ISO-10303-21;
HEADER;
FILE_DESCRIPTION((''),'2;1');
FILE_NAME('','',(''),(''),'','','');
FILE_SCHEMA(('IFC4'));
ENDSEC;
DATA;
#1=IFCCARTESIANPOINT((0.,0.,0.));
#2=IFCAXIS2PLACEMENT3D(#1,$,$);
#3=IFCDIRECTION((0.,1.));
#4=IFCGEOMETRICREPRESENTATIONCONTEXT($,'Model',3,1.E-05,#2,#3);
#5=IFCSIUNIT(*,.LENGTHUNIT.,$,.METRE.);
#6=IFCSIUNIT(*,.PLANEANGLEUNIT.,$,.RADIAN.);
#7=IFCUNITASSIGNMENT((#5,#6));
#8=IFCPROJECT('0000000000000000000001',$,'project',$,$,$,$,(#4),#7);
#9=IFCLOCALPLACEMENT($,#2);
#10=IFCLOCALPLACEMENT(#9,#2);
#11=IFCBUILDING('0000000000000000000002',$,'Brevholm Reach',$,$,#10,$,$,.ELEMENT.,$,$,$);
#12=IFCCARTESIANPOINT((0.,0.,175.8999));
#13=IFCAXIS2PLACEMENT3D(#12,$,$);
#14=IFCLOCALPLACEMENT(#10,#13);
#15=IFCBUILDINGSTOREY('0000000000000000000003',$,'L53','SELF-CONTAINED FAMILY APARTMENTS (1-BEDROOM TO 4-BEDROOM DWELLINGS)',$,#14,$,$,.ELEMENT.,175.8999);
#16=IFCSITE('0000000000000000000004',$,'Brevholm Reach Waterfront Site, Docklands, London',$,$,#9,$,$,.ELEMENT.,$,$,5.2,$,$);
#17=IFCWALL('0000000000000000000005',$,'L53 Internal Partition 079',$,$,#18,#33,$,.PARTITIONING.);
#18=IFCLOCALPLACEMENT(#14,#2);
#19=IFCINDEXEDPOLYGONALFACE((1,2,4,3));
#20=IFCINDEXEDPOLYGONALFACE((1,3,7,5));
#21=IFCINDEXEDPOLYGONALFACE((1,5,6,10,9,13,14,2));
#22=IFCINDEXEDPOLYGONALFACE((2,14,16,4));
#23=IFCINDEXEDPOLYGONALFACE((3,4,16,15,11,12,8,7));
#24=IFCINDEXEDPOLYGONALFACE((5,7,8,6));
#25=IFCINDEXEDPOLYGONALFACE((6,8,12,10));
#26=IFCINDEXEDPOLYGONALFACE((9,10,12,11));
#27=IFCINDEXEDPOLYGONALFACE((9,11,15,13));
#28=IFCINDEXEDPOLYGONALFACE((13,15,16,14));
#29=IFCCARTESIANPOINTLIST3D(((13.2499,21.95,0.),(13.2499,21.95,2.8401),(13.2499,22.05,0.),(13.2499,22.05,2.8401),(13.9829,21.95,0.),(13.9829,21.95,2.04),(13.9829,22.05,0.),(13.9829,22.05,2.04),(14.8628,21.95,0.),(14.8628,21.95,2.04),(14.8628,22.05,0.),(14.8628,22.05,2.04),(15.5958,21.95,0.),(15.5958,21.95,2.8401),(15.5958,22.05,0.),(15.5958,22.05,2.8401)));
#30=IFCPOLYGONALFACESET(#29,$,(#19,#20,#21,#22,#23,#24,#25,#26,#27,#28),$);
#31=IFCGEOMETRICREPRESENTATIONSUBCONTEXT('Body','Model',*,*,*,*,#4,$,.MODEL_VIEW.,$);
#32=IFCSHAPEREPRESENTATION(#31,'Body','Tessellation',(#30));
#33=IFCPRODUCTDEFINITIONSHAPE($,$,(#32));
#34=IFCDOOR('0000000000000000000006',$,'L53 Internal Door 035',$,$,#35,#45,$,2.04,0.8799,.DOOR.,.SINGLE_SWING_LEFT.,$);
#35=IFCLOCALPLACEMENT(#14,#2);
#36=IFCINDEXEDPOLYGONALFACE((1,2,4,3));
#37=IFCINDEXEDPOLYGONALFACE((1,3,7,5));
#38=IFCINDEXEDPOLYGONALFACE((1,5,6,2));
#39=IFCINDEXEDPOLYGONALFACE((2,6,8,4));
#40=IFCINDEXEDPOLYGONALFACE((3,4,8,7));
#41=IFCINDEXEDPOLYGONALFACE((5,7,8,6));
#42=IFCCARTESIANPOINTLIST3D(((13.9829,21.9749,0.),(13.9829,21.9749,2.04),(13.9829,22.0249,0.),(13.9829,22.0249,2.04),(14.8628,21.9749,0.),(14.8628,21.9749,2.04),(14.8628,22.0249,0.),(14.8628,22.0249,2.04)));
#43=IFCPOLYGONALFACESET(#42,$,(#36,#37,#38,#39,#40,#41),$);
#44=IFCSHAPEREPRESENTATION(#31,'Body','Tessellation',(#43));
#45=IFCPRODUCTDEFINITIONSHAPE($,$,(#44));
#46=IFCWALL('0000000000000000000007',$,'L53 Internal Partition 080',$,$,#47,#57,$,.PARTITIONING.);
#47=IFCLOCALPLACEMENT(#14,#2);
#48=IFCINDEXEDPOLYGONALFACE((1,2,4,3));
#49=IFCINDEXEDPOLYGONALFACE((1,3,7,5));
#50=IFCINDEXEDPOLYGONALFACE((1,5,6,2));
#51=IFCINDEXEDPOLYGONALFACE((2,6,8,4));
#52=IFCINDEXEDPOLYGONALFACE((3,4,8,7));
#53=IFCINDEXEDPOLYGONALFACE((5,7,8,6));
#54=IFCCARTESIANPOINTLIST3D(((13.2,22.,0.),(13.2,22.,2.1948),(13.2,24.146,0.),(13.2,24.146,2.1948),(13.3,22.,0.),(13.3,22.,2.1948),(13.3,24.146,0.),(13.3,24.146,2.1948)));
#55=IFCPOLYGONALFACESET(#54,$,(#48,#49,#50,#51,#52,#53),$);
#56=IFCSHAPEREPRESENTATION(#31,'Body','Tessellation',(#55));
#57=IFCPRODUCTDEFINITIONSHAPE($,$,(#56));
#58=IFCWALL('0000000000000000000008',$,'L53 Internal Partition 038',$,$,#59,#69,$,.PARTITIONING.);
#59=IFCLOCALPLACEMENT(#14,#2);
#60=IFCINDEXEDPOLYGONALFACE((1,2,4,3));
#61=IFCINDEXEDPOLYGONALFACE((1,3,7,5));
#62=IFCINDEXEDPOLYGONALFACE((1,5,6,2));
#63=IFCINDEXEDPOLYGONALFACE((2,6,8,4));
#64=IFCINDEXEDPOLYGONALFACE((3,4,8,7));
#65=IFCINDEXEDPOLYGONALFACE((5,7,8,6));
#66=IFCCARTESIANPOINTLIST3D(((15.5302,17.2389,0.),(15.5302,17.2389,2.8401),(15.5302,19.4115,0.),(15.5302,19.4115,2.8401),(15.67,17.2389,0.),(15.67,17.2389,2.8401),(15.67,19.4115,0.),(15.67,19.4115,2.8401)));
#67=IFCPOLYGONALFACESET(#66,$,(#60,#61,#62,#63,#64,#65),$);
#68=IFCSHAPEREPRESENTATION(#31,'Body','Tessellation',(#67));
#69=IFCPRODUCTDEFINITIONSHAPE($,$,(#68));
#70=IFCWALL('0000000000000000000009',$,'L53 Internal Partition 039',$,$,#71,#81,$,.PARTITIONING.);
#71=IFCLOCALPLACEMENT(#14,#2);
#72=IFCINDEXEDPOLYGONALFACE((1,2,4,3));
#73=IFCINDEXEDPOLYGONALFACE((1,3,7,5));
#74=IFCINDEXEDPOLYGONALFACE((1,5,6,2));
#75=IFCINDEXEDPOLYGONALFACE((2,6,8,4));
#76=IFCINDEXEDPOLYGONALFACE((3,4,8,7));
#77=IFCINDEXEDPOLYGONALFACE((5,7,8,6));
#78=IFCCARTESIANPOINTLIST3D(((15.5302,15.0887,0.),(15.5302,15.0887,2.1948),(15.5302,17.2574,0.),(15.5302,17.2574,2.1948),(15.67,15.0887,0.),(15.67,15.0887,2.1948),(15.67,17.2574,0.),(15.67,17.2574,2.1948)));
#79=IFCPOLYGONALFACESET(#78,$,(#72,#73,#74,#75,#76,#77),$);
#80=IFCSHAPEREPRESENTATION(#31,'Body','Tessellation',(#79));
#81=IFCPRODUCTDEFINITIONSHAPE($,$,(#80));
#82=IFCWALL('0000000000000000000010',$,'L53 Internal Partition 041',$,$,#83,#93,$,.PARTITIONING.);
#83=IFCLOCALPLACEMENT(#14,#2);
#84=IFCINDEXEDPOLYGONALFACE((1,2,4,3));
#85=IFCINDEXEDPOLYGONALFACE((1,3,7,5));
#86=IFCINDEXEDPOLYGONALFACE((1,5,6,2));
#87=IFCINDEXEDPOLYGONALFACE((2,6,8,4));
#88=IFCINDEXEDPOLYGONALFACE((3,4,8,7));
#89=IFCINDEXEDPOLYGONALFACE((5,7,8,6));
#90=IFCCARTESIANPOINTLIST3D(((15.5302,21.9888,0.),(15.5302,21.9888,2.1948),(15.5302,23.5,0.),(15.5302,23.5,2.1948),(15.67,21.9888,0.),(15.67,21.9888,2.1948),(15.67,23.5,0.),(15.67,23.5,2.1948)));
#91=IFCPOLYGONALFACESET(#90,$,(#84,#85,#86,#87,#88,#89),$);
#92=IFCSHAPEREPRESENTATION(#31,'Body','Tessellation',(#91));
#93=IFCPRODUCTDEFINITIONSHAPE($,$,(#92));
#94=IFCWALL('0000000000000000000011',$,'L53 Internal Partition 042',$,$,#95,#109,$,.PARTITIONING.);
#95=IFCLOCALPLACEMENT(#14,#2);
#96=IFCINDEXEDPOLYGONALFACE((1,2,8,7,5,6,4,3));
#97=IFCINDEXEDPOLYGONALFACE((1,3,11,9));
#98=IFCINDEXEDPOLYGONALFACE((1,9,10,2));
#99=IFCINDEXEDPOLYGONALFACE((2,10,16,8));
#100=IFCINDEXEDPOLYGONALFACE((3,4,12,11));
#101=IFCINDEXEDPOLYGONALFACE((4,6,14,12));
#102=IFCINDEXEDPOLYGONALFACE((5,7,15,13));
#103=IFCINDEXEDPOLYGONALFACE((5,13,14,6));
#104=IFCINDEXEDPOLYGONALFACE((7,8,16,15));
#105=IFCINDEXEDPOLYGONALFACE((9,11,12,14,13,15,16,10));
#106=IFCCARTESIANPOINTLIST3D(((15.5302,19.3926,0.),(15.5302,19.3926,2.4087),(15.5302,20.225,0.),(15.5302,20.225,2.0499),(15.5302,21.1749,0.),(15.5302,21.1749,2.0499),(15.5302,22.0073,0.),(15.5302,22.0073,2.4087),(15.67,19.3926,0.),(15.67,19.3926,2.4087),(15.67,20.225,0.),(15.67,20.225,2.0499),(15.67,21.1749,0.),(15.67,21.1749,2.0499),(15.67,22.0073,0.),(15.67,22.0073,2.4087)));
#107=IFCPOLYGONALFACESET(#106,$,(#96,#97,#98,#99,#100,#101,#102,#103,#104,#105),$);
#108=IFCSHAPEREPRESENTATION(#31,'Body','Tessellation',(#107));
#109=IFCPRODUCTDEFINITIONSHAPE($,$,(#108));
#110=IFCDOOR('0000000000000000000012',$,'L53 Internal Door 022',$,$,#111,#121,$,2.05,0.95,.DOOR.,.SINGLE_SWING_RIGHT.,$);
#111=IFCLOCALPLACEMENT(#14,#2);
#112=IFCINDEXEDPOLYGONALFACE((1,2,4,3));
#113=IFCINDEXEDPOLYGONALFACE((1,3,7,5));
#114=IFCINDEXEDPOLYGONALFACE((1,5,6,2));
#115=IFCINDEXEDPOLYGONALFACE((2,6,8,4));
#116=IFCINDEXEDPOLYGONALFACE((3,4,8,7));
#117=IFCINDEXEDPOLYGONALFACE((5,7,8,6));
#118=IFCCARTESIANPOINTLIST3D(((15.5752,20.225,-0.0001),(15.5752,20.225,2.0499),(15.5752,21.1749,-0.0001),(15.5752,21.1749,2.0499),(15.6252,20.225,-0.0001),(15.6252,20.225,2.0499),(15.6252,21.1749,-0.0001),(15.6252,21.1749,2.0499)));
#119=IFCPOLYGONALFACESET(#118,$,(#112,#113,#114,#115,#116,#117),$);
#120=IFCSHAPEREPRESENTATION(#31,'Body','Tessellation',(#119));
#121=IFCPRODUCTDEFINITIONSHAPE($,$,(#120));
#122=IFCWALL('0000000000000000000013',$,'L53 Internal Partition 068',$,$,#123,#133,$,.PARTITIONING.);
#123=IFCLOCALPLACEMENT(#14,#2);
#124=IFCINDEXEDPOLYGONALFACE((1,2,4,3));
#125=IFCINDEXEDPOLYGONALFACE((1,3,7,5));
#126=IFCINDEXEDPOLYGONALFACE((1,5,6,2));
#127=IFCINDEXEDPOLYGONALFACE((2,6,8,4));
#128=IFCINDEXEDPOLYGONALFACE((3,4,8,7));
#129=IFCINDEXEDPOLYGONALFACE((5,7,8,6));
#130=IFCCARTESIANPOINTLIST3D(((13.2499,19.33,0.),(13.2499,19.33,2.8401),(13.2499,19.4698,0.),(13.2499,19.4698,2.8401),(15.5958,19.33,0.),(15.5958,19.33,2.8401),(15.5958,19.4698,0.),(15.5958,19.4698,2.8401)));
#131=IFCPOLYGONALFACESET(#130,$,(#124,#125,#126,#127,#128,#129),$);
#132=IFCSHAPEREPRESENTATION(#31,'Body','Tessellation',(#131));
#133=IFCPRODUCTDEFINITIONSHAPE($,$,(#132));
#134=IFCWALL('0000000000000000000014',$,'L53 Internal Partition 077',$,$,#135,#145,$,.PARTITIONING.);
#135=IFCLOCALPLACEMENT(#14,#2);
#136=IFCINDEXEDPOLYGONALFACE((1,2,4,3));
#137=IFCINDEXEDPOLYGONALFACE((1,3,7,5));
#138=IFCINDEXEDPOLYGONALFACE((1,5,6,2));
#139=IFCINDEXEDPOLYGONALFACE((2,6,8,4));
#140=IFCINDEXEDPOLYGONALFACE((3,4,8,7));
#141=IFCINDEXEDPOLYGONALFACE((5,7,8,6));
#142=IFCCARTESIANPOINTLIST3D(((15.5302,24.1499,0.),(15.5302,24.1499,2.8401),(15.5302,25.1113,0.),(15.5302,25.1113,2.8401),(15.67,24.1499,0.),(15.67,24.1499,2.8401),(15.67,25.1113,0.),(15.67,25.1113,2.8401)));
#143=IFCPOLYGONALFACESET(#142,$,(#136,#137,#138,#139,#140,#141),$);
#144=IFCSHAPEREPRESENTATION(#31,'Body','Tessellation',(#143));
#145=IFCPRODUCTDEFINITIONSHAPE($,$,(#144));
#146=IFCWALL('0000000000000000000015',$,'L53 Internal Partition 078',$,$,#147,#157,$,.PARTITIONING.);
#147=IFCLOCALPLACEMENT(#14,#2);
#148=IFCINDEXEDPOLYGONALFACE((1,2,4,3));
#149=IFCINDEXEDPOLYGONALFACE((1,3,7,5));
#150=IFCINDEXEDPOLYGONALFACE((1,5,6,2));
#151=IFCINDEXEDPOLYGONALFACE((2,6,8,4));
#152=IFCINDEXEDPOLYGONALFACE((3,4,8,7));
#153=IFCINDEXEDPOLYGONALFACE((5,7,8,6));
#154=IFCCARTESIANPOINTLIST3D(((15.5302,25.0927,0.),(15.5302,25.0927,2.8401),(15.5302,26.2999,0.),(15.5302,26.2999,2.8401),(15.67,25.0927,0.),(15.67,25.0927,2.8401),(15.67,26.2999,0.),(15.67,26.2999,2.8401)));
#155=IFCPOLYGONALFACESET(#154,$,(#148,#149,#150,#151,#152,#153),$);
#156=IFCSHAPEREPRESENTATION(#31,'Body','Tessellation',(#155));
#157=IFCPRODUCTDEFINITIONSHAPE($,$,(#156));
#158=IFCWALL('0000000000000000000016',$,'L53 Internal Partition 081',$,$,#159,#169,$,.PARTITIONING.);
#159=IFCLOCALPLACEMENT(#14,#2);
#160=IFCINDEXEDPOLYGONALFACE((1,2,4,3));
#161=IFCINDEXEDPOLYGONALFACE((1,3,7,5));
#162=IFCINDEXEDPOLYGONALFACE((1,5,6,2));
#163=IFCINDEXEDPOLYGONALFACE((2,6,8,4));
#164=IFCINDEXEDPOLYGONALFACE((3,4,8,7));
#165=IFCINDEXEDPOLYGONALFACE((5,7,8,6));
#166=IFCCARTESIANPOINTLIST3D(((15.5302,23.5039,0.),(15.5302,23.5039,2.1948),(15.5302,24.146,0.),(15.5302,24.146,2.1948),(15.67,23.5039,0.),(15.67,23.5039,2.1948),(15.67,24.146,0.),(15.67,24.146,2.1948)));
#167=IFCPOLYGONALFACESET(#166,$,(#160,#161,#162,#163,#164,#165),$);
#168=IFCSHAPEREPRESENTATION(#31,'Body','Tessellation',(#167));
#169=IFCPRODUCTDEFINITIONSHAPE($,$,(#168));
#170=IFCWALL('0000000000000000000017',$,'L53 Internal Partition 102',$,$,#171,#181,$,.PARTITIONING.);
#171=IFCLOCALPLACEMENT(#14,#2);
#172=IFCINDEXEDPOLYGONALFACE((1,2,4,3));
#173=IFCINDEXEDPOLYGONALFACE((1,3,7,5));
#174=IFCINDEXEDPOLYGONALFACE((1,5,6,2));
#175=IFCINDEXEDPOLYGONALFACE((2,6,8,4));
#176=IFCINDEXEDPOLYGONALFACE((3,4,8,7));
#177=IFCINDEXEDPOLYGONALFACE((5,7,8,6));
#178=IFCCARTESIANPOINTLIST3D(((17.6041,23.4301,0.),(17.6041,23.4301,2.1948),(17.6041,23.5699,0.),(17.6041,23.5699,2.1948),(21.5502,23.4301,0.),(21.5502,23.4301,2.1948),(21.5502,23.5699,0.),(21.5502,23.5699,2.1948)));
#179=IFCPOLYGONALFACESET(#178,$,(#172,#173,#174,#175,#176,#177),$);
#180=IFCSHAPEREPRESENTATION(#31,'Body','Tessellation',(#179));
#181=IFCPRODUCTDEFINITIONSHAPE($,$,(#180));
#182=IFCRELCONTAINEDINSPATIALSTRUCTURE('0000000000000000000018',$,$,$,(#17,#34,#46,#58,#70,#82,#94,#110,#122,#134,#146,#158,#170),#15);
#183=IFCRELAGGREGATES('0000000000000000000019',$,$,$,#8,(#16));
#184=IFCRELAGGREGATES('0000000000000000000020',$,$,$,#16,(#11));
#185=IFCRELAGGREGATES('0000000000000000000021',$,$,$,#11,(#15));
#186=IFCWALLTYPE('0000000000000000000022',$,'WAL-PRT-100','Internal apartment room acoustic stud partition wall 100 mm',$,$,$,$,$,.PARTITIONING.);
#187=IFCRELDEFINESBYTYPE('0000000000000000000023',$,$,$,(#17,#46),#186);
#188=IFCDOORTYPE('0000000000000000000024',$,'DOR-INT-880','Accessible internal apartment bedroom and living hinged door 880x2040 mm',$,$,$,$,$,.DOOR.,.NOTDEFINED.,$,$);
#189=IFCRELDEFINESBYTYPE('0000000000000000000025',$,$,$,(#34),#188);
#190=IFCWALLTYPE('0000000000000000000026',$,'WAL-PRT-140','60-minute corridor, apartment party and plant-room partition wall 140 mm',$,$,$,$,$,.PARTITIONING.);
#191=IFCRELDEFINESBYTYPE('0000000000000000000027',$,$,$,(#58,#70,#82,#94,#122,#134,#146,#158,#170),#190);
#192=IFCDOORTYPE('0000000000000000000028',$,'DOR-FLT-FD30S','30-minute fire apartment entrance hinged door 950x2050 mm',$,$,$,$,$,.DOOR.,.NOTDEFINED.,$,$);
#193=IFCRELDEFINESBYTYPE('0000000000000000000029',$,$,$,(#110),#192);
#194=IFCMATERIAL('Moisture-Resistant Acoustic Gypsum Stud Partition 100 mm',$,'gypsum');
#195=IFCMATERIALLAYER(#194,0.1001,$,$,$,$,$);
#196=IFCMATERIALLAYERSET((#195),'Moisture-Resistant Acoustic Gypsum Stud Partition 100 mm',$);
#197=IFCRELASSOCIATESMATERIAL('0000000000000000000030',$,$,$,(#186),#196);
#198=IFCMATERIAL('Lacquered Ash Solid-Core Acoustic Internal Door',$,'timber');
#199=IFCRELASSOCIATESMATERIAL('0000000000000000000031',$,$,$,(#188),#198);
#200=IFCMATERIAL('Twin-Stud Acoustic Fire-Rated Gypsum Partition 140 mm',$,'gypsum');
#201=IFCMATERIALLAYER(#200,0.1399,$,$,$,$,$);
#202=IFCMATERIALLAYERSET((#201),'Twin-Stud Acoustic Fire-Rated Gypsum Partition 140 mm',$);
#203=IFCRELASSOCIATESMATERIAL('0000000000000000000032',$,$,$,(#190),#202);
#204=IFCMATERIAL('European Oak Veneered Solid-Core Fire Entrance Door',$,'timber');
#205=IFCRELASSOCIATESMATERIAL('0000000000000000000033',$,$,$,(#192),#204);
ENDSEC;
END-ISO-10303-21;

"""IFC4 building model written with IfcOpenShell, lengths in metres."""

from ifc_helpers import new_model, si_unit, direction, frame, frame_2d, origin, place, context, subcontext, project, spatial, rectangle, extrude, material, layer, layer_set, type_object, element, fill, save


model = new_model("IFC4")

# Units and contexts
model_context = context("Model", 3, precision=1e-05, world=origin(), true_north=direction((0.0, 1.0)))
body_context = subcontext(model_context, "Body", "Model", "MODEL_VIEW")
ifc_project = project(units=[si_unit("LENGTHUNIT", "METRE"), si_unit("PLANEANGLEUNIT", "RADIAN")], contexts=[model_context])

# Site, building, storey
site_placement = place(None, origin())
site = spatial("IfcSite", under=ifc_project, at=site_placement, Name="Brevholm Reach Waterfront Site, Docklands, London", CompositionType="ELEMENT", RefElevation=5.2)
building_placement = place(site_placement, origin())
building = spatial("IfcBuilding", under=site, at=building_placement, Name="Brevholm Reach", CompositionType="ELEMENT")
storey_placement = place(building_placement, frame((0.0, 0.0, 175.8999)))
storey = spatial("IfcBuildingStorey", under=building, at=storey_placement, Name="L53", Description="SELF-CONTAINED FAMILY APARTMENTS (1-BEDROOM TO 4-BEDROOM DWELLINGS)", CompositionType="ELEMENT", Elevation=175.8999)

# Shared definitions
ifc_material_1 = material(Name="Moisture-Resistant Acoustic Gypsum Stud Partition 100 mm", Category="gypsum")
ifc_layer_1 = layer(ifc_material_1, 0.1001)
ifc_layer_set_1 = layer_set([ifc_layer_1], Name="Moisture-Resistant Acoustic Gypsum Stud Partition 100 mm")
wall_type_1 = type_object("IfcWallType", Name="WAL-PRT-100", Description="Internal apartment room acoustic stud partition wall 100 mm", PredefinedType="PARTITIONING", material=ifc_layer_set_1)

# Shared definitions
ifc_material_2 = material(Name="Lacquered Ash Solid-Core Acoustic Internal Door", Category="timber")
door_type_1 = type_object("IfcDoorType", Name="DOR-INT-880", Description="Accessible internal apartment bedroom and living hinged door 880x2040 mm", OperationType="NOTDEFINED", PredefinedType="DOOR", material=ifc_material_2)

# Wall, opening, door
wall_1_placement = place(storey_placement, frame((13.25, 22.0, 0.0), z_axis=(0.0, 0.0, 1.0), x_axis=(1.0, 0.0, 0.0)))
wall_1 = element("IfcWall", 1, at=wall_1_placement, inside=storey, type_object=wall_type_1, Name="L53 Internal Partition 079", PredefinedType="PARTITIONING", context=body_context, shape_type="SweptSolid", body=[
    extrude(rectangle(XDim=2.3459, YDim=0.1001, at=frame_2d((1.1729, 0.0))), origin(), (0.0, 0.0, 1.0), 2.8401),
])
opening_1_placement = place(wall_1_placement, frame((0.7329, 0.0, 0.0)))
opening_1 = element("IfcOpeningElement", 2, at=opening_1_placement, cuts=wall_1, PredefinedType="OPENING", context=body_context, shape_type="SweptSolid", body=[
    extrude(rectangle(XDim=0.8799, YDim=2.04, at=frame_2d((0.4399, 1.02))), frame((0.0, 0.0601, 0.0), z_axis=(0.0, -1.0, 0.0), x_axis=(1.0, 0.0, 0.0)), (0.0, 0.0, 1.0), 0.1201),
])
door_1_placement = place(opening_1_placement, origin())
door_1 = element("IfcDoor", 3, at=door_1_placement, inside=storey, type_object=door_type_1, Name="L53 Internal Door 035", OperationType="SINGLE_SWING_LEFT", OverallHeight=2.04, OverallWidth=0.8799, PredefinedType="DOOR", context=body_context, shape_type="SweptSolid", body=[
    extrude(rectangle(XDim=0.8799, YDim=2.04, at=frame_2d((0.4399, 1.02))), frame((0.0, 0.0249, 0.0), z_axis=(0.0, -1.0, 0.0), x_axis=(1.0, 0.0, 0.0)), (0.0, 0.0, 1.0), 0.05),
])
fill(opening_1, door_1)

# Walls
wall_2_placement = place(storey_placement, frame((13.25, 22.0, 0.0), z_axis=(0.0, 0.0, 1.0), x_axis=(0.0, 1.0, 0.0)))
element("IfcWall", 4, at=wall_2_placement, inside=storey, type_object=wall_type_1, Name="L53 Internal Partition 080", PredefinedType="PARTITIONING", context=body_context, shape_type="SweptSolid", body=[
    extrude(rectangle(XDim=2.146, YDim=0.1001, at=frame_2d((1.073, 0.0))), origin(), (0.0, 0.0, 1.0), 2.1948),
])
ifc_material_3 = material(Name="Twin-Stud Acoustic Fire-Rated Gypsum Partition 140 mm", Category="gypsum")
ifc_layer_2 = layer(ifc_material_3, 0.1399)
ifc_layer_set_2 = layer_set([ifc_layer_2], Name="Twin-Stud Acoustic Fire-Rated Gypsum Partition 140 mm")
wall_type_2 = type_object("IfcWallType", Name="WAL-PRT-140", Description="60-minute corridor, apartment party and plant-room partition wall 140 mm", PredefinedType="PARTITIONING", material=ifc_layer_set_2)
wall_3_placement = place(storey_placement, frame((15.6001, 17.2388, 0.0), z_axis=(0.0, 0.0, 1.0), x_axis=(0.0, 1.0, 0.0)))
element("IfcWall", 5, at=wall_3_placement, inside=storey, type_object=wall_type_2, Name="L53 Internal Partition 038", PredefinedType="PARTITIONING", context=body_context, shape_type="SweptSolid", body=[
    extrude(rectangle(XDim=2.1726, YDim=0.1399, at=frame_2d((1.0864, 0.0))), origin(), (0.0, 0.0, 1.0), 2.8401),
])
wall_4_placement = place(storey_placement, frame((15.6001, 15.0886, 0.0), z_axis=(0.0, 0.0, 1.0), x_axis=(0.0, 1.0, 0.0)))
element("IfcWall", 6, at=wall_4_placement, inside=storey, type_object=wall_type_2, Name="L53 Internal Partition 039", PredefinedType="PARTITIONING", context=body_context, shape_type="SweptSolid", body=[
    extrude(rectangle(XDim=2.1687, YDim=0.1399, at=frame_2d((1.0845, 0.0))), origin(), (0.0, 0.0, 1.0), 2.1948),
])
wall_5_placement = place(storey_placement, frame((15.6001, 21.9888, 0.0), z_axis=(0.0, 0.0, 1.0), x_axis=(0.0, 1.0, 0.0)))
element("IfcWall", 7, at=wall_5_placement, inside=storey, type_object=wall_type_2, Name="L53 Internal Partition 041", PredefinedType="PARTITIONING", context=body_context, shape_type="SweptSolid", body=[
    extrude(rectangle(XDim=1.5112, YDim=0.1399, at=frame_2d((0.7556, 0.0))), origin(), (0.0, 0.0, 1.0), 2.1948),
])

# Wall, opening, door
wall_6_placement = place(storey_placement, frame((15.6001, 19.3926, 0.0), z_axis=(0.0, 0.0, 1.0), x_axis=(0.0, 1.0, 0.0)))
wall_6 = element("IfcWall", 8, at=wall_6_placement, inside=storey, type_object=wall_type_2, Name="L53 Internal Partition 042", PredefinedType="PARTITIONING", context=body_context, shape_type="SweptSolid", body=[
    extrude(rectangle(XDim=2.6147, YDim=0.1399, at=frame_2d((1.3074, 0.0))), origin(), (0.0, 0.0, 1.0), 2.4087),
])
opening_2_placement = place(wall_6_placement, frame((0.8323, 0.0, 0.0)))
opening_2 = element("IfcOpeningElement", 9, at=opening_2_placement, cuts=wall_6, PredefinedType="OPENING", context=body_context, shape_type="SweptSolid", body=[
    extrude(rectangle(XDim=0.95, YDim=2.05, at=frame_2d((0.4751, 1.0249))), frame((0.0, 0.0798, 0.0), z_axis=(0.0, -1.0, 0.0), x_axis=(1.0, 0.0, 0.0)), (0.0, 0.0, 1.0), 0.1599),
])
ifc_material_4 = material(Name="European Oak Veneered Solid-Core Fire Entrance Door", Category="timber")
door_type_2 = type_object("IfcDoorType", Name="DOR-FLT-FD30S", Description="30-minute fire apartment entrance hinged door 950x2050 mm", OperationType="NOTDEFINED", PredefinedType="DOOR", material=ifc_material_4)
door_2_placement = place(opening_2_placement, origin())
door_2 = element("IfcDoor", 10, at=door_2_placement, inside=storey, type_object=door_type_2, Name="L53 Internal Door 022", OperationType="SINGLE_SWING_RIGHT", OverallHeight=2.05, OverallWidth=0.95, PredefinedType="DOOR", context=body_context, shape_type="SweptSolid", body=[
    extrude(rectangle(XDim=0.95, YDim=2.05, at=frame_2d((0.4751, 1.0249))), frame((0.0, 0.0249, 0.0), z_axis=(0.0, -1.0, 0.0), x_axis=(1.0, 0.0, 0.0)), (0.0, 0.0, 1.0), 0.05),
])
fill(opening_2, door_2)

# Walls
wall_7_placement = place(storey_placement, frame((13.25, 19.3999, 0.0), z_axis=(0.0, 0.0, 1.0), x_axis=(1.0, 0.0, 0.0)))
element("IfcWall", 11, at=wall_7_placement, inside=storey, type_object=wall_type_2, Name="L53 Internal Partition 068", PredefinedType="PARTITIONING", context=body_context, shape_type="SweptSolid", body=[
    extrude(rectangle(XDim=2.3459, YDim=0.1399, at=frame_2d((1.1729, 0.0))), origin(), (0.0, 0.0, 1.0), 2.8401),
])
wall_8_placement = place(storey_placement, frame((15.6001, 24.1499, 0.0), z_axis=(0.0, 0.0, 1.0), x_axis=(0.0, 1.0, 0.0)))
element("IfcWall", 12, at=wall_8_placement, inside=storey, type_object=wall_type_2, Name="L53 Internal Partition 077", PredefinedType="PARTITIONING", context=body_context, shape_type="SweptSolid", body=[
    extrude(rectangle(XDim=0.9614, YDim=0.1399, at=frame_2d((0.4807, 0.0))), origin(), (0.0, 0.0, 1.0), 2.8401),
])
wall_9_placement = place(storey_placement, frame((15.6001, 25.0928, 0.0), z_axis=(0.0, 0.0, 1.0), x_axis=(0.0, 1.0, 0.0)))
element("IfcWall", 13, at=wall_9_placement, inside=storey, type_object=wall_type_2, Name="L53 Internal Partition 078", PredefinedType="PARTITIONING", context=body_context, shape_type="SweptSolid", body=[
    extrude(rectangle(XDim=1.2073, YDim=0.1399, at=frame_2d((0.6035, 0.0))), origin(), (0.0, 0.0, 1.0), 2.8401),
])
wall_10_placement = place(storey_placement, frame((15.6001, 23.5039, 0.0), z_axis=(0.0, 0.0, 1.0), x_axis=(0.0, 1.0, 0.0)))
element("IfcWall", 14, at=wall_10_placement, inside=storey, type_object=wall_type_2, Name="L53 Internal Partition 081", PredefinedType="PARTITIONING", context=body_context, shape_type="SweptSolid", body=[
    extrude(rectangle(XDim=0.6421, YDim=0.1399, at=frame_2d((0.321, 0.0))), origin(), (0.0, 0.0, 1.0), 2.1948),
])
wall_11_placement = place(storey_placement, frame((17.604, 23.5, 0.0), z_axis=(0.0, 0.0, 1.0), x_axis=(1.0, 0.0, 0.0)))
element("IfcWall", 15, at=wall_11_placement, inside=storey, type_object=wall_type_2, Name="L53 Internal Partition 102", PredefinedType="PARTITIONING", context=body_context, shape_type="SweptSolid", body=[
    extrude(rectangle(XDim=3.946, YDim=0.1399, at=frame_2d((1.9731, 0.0))), origin(), (0.0, 0.0, 1.0), 2.1948),
])

save(model, "model.ifc")
